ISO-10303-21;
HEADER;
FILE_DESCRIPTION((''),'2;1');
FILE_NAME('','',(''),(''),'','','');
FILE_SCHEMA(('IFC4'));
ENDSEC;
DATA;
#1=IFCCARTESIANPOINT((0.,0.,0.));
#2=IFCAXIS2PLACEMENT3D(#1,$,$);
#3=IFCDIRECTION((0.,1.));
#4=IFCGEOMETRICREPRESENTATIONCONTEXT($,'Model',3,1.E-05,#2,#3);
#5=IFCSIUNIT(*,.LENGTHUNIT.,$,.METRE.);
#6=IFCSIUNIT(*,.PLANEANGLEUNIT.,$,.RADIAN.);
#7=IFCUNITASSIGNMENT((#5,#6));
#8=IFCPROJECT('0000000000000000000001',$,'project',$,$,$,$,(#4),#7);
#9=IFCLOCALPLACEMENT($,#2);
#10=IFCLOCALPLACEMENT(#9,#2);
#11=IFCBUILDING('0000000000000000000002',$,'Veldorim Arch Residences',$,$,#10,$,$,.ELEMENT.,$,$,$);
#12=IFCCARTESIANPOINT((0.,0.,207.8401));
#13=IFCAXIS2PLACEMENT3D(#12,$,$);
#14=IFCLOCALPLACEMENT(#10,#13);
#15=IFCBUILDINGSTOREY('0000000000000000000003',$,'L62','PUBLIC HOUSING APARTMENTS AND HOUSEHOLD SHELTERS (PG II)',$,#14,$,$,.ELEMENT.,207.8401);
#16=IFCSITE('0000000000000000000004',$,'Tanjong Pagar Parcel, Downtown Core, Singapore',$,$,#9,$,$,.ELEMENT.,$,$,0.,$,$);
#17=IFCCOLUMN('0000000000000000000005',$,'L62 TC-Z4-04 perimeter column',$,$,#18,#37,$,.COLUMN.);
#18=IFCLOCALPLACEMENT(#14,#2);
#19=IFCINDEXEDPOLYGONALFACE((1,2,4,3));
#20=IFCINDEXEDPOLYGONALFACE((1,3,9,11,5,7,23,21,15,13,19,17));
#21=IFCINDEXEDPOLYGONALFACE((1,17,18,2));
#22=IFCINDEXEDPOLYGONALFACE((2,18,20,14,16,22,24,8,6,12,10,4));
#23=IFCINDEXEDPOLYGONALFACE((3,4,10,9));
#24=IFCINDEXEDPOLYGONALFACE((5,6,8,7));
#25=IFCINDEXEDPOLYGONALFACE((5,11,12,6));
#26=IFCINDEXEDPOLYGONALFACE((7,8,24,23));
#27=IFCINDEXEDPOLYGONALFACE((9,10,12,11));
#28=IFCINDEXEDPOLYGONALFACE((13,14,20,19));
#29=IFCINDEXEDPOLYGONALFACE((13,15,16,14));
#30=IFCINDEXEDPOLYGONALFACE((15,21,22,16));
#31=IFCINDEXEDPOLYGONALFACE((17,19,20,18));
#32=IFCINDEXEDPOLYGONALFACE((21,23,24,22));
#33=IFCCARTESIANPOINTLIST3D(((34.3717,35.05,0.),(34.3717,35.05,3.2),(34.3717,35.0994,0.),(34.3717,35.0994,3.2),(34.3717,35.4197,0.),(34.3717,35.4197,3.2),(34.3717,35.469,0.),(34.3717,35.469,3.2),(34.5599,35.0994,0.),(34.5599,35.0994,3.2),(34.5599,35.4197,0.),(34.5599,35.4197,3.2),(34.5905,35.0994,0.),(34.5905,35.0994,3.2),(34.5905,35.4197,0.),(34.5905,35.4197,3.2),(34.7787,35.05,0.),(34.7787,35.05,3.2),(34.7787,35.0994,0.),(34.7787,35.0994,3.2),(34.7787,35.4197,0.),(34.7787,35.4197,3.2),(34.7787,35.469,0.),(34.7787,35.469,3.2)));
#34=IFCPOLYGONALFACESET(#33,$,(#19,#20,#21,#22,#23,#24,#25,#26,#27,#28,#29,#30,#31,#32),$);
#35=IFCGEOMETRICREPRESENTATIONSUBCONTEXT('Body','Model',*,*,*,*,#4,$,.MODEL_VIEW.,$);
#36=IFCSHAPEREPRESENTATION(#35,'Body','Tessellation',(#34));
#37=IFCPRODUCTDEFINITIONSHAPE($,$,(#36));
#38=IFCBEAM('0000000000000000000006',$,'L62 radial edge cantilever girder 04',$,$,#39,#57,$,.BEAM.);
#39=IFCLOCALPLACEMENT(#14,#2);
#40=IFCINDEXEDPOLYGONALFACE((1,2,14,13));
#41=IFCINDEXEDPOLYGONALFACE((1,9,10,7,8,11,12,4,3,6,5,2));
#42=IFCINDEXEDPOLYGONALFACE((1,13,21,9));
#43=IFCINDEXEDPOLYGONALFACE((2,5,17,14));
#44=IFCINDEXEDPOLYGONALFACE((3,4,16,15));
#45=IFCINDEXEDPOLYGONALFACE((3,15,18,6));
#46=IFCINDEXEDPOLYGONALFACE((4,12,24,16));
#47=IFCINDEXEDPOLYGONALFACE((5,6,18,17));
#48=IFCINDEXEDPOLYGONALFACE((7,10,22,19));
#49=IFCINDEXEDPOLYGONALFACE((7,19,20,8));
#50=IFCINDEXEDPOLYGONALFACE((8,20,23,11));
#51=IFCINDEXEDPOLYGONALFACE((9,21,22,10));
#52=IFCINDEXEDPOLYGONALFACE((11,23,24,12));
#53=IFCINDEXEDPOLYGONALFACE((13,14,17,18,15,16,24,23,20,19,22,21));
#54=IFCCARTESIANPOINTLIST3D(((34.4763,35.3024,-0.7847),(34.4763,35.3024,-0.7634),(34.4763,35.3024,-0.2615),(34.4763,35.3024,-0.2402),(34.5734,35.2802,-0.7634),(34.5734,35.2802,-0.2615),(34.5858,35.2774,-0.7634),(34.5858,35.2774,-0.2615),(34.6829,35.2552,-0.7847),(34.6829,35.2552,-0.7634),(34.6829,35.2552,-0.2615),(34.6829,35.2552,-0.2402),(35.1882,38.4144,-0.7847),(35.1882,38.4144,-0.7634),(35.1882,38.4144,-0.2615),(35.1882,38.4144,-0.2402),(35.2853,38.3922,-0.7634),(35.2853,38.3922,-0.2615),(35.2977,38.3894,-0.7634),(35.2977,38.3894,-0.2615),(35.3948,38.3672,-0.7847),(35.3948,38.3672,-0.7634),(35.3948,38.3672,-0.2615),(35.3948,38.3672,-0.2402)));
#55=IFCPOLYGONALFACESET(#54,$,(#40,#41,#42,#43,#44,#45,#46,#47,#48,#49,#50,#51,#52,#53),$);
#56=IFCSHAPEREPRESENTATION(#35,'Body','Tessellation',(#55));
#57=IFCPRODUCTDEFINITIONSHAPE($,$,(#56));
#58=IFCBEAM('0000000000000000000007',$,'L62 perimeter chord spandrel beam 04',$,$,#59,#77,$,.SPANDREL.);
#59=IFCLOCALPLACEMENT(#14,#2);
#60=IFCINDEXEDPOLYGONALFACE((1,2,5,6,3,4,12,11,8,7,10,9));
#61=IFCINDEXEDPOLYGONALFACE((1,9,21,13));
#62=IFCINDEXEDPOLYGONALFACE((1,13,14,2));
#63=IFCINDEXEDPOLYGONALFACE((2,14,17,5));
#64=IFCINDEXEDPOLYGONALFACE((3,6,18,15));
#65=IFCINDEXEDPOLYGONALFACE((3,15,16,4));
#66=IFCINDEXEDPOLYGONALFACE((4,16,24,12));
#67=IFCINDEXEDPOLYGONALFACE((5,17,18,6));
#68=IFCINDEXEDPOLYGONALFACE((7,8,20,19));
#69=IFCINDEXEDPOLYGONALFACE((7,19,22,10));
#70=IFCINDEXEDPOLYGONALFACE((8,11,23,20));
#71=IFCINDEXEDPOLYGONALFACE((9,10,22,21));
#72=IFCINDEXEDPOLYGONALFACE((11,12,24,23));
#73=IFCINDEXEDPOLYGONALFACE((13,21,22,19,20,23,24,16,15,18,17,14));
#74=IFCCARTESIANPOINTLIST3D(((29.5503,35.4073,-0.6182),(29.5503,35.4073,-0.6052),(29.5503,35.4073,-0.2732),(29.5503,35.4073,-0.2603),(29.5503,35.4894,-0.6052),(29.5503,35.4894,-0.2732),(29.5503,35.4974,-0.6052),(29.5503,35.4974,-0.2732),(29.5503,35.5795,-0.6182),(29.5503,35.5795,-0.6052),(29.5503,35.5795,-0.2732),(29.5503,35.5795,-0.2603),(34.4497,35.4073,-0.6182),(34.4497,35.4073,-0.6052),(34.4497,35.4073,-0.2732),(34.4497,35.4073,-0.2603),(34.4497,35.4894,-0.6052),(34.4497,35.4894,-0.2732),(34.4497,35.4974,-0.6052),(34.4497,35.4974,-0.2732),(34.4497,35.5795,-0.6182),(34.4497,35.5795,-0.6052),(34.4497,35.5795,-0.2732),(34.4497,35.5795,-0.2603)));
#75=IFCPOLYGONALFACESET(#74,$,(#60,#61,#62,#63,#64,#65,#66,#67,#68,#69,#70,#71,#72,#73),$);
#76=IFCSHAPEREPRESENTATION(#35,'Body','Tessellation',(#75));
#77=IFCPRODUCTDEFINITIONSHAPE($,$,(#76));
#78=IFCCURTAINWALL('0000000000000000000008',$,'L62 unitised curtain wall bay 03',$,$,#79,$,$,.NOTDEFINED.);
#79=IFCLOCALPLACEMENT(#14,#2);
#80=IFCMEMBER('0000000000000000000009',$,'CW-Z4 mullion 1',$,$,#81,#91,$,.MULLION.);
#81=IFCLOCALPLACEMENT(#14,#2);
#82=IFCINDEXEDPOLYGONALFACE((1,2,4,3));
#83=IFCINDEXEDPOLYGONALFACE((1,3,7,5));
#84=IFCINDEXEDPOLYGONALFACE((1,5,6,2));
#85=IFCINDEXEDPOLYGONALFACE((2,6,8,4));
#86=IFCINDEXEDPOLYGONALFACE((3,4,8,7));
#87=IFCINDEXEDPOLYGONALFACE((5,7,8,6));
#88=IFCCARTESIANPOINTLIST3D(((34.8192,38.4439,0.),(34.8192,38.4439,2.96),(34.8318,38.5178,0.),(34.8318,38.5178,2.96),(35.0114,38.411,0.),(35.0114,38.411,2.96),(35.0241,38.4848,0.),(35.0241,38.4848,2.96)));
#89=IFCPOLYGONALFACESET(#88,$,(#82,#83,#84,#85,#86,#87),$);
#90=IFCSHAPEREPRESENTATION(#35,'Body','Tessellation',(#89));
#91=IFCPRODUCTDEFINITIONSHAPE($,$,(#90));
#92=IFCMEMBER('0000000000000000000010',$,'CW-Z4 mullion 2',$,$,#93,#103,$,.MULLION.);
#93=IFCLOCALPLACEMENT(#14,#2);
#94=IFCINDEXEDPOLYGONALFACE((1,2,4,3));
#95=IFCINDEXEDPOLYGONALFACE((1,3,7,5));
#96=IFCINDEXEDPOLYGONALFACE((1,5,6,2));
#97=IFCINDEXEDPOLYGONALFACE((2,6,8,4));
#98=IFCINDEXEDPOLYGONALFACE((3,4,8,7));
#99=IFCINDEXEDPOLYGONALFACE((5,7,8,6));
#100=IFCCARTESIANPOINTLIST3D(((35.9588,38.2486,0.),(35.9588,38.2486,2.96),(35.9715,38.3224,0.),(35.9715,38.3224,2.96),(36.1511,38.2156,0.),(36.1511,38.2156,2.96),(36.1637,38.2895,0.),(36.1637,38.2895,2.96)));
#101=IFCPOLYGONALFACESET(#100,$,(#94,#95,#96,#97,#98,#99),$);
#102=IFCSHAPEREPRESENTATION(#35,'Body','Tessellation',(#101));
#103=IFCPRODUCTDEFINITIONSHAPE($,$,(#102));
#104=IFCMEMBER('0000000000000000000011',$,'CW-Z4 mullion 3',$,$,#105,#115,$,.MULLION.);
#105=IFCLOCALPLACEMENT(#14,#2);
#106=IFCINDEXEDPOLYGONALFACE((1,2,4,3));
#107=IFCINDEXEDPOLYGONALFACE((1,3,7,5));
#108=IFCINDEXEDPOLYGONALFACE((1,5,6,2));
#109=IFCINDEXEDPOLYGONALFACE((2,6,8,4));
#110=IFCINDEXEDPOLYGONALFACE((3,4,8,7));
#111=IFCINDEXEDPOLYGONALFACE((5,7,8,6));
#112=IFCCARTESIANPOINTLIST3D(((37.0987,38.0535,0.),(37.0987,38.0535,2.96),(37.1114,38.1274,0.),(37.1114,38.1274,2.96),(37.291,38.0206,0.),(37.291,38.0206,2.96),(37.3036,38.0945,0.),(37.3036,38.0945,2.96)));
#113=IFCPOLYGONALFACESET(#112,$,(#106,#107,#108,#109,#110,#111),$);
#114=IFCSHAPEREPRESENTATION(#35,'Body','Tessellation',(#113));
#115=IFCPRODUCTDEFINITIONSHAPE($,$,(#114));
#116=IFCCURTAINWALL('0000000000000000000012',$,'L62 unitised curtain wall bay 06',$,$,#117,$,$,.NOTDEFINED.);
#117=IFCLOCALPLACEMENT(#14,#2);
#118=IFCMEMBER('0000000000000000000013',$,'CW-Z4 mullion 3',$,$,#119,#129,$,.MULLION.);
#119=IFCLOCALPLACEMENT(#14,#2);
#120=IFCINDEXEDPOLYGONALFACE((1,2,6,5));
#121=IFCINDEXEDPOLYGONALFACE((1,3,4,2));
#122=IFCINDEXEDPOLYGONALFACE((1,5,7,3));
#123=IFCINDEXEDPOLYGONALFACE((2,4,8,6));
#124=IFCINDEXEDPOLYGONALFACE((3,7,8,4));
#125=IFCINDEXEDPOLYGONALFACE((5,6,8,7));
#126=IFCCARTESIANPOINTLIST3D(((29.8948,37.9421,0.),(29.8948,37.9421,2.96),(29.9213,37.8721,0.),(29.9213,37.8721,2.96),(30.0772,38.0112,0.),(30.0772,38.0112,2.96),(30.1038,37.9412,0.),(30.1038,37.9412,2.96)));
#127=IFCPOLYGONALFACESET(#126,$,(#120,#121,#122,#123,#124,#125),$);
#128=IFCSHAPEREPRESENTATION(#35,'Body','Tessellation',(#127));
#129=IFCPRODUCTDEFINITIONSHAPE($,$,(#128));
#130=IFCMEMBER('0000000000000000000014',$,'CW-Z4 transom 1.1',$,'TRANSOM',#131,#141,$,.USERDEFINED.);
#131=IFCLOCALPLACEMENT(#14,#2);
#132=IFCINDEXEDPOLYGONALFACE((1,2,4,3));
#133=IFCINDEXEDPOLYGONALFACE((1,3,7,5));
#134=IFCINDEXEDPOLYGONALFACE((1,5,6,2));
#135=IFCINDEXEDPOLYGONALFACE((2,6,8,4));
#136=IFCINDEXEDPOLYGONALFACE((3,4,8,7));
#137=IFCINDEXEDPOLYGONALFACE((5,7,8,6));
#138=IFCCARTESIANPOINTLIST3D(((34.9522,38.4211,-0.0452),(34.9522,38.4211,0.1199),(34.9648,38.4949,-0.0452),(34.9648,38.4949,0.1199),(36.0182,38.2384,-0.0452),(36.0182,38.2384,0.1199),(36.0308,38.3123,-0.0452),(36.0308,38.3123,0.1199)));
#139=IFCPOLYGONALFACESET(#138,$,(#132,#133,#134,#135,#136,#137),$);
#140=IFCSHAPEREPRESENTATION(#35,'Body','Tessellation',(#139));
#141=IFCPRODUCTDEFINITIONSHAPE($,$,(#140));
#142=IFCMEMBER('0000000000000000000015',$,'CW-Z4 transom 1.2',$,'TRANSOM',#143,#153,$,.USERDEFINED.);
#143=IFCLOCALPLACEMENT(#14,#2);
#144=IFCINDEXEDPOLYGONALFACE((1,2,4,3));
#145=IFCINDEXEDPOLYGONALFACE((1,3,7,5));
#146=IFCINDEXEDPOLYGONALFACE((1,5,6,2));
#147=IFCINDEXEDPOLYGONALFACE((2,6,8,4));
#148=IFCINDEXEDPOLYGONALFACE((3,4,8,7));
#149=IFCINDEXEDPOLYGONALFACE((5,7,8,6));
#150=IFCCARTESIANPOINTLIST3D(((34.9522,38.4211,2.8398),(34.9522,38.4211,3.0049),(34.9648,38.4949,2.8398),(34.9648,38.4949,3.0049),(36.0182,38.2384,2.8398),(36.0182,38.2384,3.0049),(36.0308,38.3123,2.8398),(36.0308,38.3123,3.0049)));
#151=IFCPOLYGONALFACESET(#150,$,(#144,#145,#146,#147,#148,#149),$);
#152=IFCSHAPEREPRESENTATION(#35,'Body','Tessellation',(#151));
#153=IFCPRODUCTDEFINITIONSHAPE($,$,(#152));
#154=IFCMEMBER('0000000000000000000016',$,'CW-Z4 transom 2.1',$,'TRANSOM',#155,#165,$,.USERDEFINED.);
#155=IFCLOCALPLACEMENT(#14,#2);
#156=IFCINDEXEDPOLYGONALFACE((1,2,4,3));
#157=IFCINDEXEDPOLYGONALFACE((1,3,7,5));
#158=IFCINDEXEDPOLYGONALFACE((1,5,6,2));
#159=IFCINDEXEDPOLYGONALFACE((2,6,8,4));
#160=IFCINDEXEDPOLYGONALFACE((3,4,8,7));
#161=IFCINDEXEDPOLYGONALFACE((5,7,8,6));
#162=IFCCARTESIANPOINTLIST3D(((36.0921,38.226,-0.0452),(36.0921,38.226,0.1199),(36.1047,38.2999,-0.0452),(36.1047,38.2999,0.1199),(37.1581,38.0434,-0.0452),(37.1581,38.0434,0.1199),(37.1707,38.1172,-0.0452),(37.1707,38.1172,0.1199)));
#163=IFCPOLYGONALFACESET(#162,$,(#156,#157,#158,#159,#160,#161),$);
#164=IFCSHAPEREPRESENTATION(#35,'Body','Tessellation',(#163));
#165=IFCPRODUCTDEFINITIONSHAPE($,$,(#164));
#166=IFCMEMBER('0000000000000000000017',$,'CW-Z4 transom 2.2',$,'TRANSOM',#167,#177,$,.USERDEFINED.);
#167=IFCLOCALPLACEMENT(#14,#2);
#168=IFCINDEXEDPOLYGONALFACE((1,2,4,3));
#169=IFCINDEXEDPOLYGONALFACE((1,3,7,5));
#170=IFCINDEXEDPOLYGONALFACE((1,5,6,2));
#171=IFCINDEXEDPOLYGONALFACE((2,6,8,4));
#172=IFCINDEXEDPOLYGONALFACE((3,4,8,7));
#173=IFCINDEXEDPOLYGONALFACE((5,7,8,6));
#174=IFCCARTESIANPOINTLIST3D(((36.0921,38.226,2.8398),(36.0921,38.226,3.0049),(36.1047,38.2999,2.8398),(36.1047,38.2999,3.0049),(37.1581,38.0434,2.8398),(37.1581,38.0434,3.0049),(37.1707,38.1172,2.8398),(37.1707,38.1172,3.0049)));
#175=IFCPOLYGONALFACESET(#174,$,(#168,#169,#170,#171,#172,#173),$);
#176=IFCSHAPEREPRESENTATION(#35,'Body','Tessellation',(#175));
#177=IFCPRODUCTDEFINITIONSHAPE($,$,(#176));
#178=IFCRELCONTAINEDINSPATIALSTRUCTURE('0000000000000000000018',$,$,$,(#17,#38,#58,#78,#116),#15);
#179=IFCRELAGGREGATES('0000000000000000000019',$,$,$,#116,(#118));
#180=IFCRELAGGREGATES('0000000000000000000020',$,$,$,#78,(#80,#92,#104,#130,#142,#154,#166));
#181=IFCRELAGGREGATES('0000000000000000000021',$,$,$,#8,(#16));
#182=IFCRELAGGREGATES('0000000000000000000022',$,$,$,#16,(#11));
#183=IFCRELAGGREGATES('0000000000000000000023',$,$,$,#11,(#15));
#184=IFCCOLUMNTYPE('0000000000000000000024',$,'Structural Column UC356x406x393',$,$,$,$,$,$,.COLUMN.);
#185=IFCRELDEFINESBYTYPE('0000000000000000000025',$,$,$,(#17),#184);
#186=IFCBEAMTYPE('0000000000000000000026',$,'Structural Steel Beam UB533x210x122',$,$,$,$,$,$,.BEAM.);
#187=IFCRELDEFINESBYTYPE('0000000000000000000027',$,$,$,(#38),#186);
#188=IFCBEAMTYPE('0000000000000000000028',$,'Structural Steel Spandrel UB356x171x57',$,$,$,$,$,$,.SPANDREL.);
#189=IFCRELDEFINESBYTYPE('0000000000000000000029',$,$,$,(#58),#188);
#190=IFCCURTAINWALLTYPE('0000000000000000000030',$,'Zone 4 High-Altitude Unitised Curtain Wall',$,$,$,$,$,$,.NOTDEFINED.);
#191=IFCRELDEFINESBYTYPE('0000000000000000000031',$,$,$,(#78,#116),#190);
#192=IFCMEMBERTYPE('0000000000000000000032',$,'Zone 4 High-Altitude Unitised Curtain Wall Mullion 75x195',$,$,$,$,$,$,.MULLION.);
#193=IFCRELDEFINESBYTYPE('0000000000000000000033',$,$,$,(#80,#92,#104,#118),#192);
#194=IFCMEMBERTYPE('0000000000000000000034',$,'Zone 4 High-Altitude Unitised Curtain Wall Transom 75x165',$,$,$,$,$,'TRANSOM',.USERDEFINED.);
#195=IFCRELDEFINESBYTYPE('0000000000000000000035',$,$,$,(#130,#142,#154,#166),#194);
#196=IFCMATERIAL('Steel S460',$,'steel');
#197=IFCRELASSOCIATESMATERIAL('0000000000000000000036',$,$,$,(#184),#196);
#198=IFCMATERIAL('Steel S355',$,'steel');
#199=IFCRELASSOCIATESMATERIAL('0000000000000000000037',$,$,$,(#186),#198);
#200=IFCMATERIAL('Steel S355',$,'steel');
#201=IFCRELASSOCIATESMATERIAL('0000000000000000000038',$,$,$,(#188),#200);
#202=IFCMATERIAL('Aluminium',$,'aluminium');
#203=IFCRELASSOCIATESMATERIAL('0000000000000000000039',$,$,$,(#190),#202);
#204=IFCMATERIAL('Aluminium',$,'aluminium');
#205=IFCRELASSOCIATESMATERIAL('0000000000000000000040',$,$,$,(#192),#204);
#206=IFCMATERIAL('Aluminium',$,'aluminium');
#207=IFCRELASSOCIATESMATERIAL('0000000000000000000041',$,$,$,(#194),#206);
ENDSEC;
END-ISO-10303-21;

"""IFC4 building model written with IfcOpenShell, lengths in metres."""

from ifc_helpers import new_model, si_unit, direction, frame, origin, origin_2d, place, context, subcontext, project, spatial, rectangle, i_section, extrude, material, material_profile, profile_set, type_object, element, aggregate, save


model = new_model("IFC4")

# Units and contexts
model_context = context("Model", 3, precision=1e-05, world=origin(), true_north=direction((0.0, 1.0)))
body_context = subcontext(model_context, "Body", "Model", "MODEL_VIEW")
ifc_project = project(units=[si_unit("LENGTHUNIT", "METRE"), si_unit("PLANEANGLEUNIT", "RADIAN")], contexts=[model_context])

# Site, building, storey
site_placement = place(None, origin())
site = spatial("IfcSite", under=ifc_project, at=site_placement, Name="Tanjong Pagar Parcel, Downtown Core, Singapore", CompositionType="ELEMENT", RefElevation=0.0)
building_placement = place(site_placement, origin())
building = spatial("IfcBuilding", under=site, at=building_placement, Name="Veldorim Arch Residences", CompositionType="ELEMENT")
storey_placement = place(building_placement, frame((0.0, 0.0, 207.8401)))
storey = spatial("IfcBuildingStorey", under=building, at=storey_placement, Name="L62", Description="PUBLIC HOUSING APARTMENTS AND HOUSEHOLD SHELTERS (PG II)", CompositionType="ELEMENT", Elevation=207.8401)

# Column
ifc_material_1 = material(Name="Steel S460", Category="steel")
ifc_material_profile_1 = material_profile(ifc_material_1, i_section(OverallWidth=0.407, OverallDepth=0.4189, WebThickness=0.0305, FlangeThickness=0.0493, at=origin_2d()), Name="UC356x406x393")
ifc_profile_set_1 = profile_set([ifc_material_profile_1], Name="Steel S460")
column_type = type_object("IfcColumnType", Name="Structural Column UC356x406x393", PredefinedType="COLUMN", material=ifc_profile_set_1)
column_placement = place(storey_placement, frame((34.5752, 35.2595, 0.0), z_axis=(0.0, 0.0, 1.0), x_axis=(1.0, 0.0, 0.0)))
element("IfcColumn", 1, at=column_placement, inside=storey, type_object=column_type, Name="L62 TC-Z4-04 perimeter column", PredefinedType="COLUMN", context=body_context, shape_type="SweptSolid", body=[
    extrude(i_section(OverallWidth=0.407, OverallDepth=0.4189, WebThickness=0.0305, FlangeThickness=0.0493, at=origin_2d()), origin(), (0.0, 0.0, 1.0), 3.2),
])

# Beams
ifc_material_2 = material(Name="Steel S355", Category="steel")
ifc_material_profile_2 = material_profile(ifc_material_2, i_section(OverallWidth=0.2119, OverallDepth=0.5444, WebThickness=0.0127, FlangeThickness=0.0212, at=origin_2d()), Name="UB533x210x122")
ifc_profile_set_2 = profile_set([ifc_material_profile_2], Name="Steel S355")
beam_type_1 = type_object("IfcBeamType", Name="Structural Steel Beam UB533x210x122", PredefinedType="BEAM", material=ifc_profile_set_2)
beam_1_placement = place(storey_placement, frame((34.5796, 35.2788, -0.5125), z_axis=(0.222999, 0.974819, 0.0), x_axis=(-0.974819, 0.222999, 0.0)))
element("IfcBeam", 2, at=beam_1_placement, inside=storey, type_object=beam_type_1, Name="L62 radial edge cantilever girder 04", PredefinedType="BEAM", context=body_context, shape_type="SweptSolid", body=[
    extrude(i_section(OverallWidth=0.2119, OverallDepth=0.5444, WebThickness=0.0127, FlangeThickness=0.0212, at=origin_2d()), origin(), (0.0, 0.0, 1.0), 3.1924),
])
ifc_material_3 = material(Name="Steel S355", Category="steel")
ifc_material_profile_3 = material_profile(ifc_material_3, i_section(OverallWidth=0.1721, OverallDepth=0.3579, WebThickness=0.0081, FlangeThickness=0.0129, at=origin_2d()), Name="UB356x171x57")
ifc_profile_set_3 = profile_set([ifc_material_profile_3], Name="Steel S355")
beam_type_2 = type_object("IfcBeamType", Name="Structural Steel Spandrel UB356x171x57", PredefinedType="SPANDREL", material=ifc_profile_set_3)
beam_2_placement = place(storey_placement, frame((34.4497, 35.4934, -0.4392), z_axis=(-1.0, 0.0, 0.0), x_axis=(0.0, -1.0, 0.0)))
element("IfcBeam", 3, at=beam_2_placement, inside=storey, type_object=beam_type_2, Name="L62 perimeter chord spandrel beam 04", PredefinedType="SPANDREL", context=body_context, shape_type="SweptSolid", body=[
    extrude(i_section(OverallWidth=0.1721, OverallDepth=0.3579, WebThickness=0.0081, FlangeThickness=0.0129, at=origin_2d()), origin(), (0.0, 0.0, 1.0), 4.8994),
])

# Curtain wall, members
ifc_material_4 = material(Name="Aluminium", Category="aluminium")
curtain_wall_type = type_object("IfcCurtainWallType", Name="Zone 4 High-Altitude Unitised Curtain Wall", PredefinedType="NOTDEFINED", material=ifc_material_4)
curtain_wall_1_placement = place(storey_placement, origin())
curtain_wall_1 = element("IfcCurtainWall", 4, at=curtain_wall_1_placement, inside=storey, type_object=curtain_wall_type, Name="L62 unitised curtain wall bay 03", PredefinedType="NOTDEFINED")
ifc_material_5 = material(Name="Aluminium", Category="aluminium")
ifc_material_profile_4 = material_profile(ifc_material_5, rectangle(XDim=0.075, YDim=0.1951, at=origin_2d()), Name="ALU_MUL_75x195")
ifc_profile_set_4 = profile_set([ifc_material_profile_4], Name="Aluminium")
member_type_1 = type_object("IfcMemberType", Name="Zone 4 High-Altitude Unitised Curtain Wall Mullion 75x195", PredefinedType="MULLION", material=ifc_profile_set_4)
member_1_placement = place(storey_placement, frame((34.9216, 38.4644, 0.0), z_axis=(0.0, 0.0, 1.0), x_axis=(0.16873, 0.985662, 0.0)))
member_1 = element("IfcMember", 5, at=member_1_placement, type_object=member_type_1, Name="CW-Z4 mullion 1", PredefinedType="MULLION", context=body_context, shape_type="SweptSolid", body=[
    extrude(rectangle(XDim=0.075, YDim=0.1951, at=origin_2d()), origin(), (0.0, 0.0, 1.0), 2.96),
])
member_2_placement = place(storey_placement, frame((36.0613, 38.269, 0.0), z_axis=(0.0, 0.0, 1.0), x_axis=(0.16873, 0.985662, 0.0)))
member_2 = element("IfcMember", 6, at=member_2_placement, type_object=member_type_1, Name="CW-Z4 mullion 2", PredefinedType="MULLION", context=body_context, shape_type="SweptSolid", body=[
    extrude(rectangle(XDim=0.075, YDim=0.1951, at=origin_2d()), origin(), (0.0, 0.0, 1.0), 2.96),
])
member_3_placement = place(storey_placement, frame((37.2012, 38.074, 0.0), z_axis=(0.0, 0.0, 1.0), x_axis=(0.16873, 0.985662, 0.0)))
member_3 = element("IfcMember", 7, at=member_3_placement, type_object=member_type_1, Name="CW-Z4 mullion 3", PredefinedType="MULLION", context=body_context, shape_type="SweptSolid", body=[
    extrude(rectangle(XDim=0.075, YDim=0.1951, at=origin_2d()), origin(), (0.0, 0.0, 1.0), 2.96),
])

# Curtain wall, member
curtain_wall_2_placement = place(storey_placement, origin())
curtain_wall_2 = element("IfcCurtainWall", 8, at=curtain_wall_2_placement, inside=storey, type_object=curtain_wall_type, Name="L62 unitised curtain wall bay 06", PredefinedType="NOTDEFINED")
member_4_placement = place(storey_placement, frame((29.9993, 37.9417, 0.0), z_axis=(0.0, 0.0, 1.0), x_axis=(-0.354241, 0.935154, 0.0)))
member_4 = element("IfcMember", 9, at=member_4_placement, type_object=member_type_1, Name="CW-Z4 mullion 3", PredefinedType="MULLION", context=body_context, shape_type="SweptSolid", body=[
    extrude(rectangle(XDim=0.075, YDim=0.1951, at=origin_2d()), origin(), (0.0, 0.0, 1.0), 2.96),
])
aggregate(curtain_wall_2, [member_4])

# Members
ifc_material_6 = material(Name="Aluminium", Category="aluminium")
ifc_material_profile_5 = material_profile(ifc_material_6, rectangle(XDim=0.075, YDim=0.165, at=origin_2d()), Name="ALU_TRN_75x165")
ifc_profile_set_5 = profile_set([ifc_material_profile_5], Name="Aluminium")
member_type_2 = type_object("IfcMemberType", Name="Zone 4 High-Altitude Unitised Curtain Wall Transom 75x165", ElementType="TRANSOM", PredefinedType="USERDEFINED", material=ifc_profile_set_5)
member_5_placement = place(storey_placement, frame((34.9585, 38.458, 0.0374), z_axis=(0.985639, -0.168864, 0.0), x_axis=(0.168864, 0.985639, 0.0)))
member_5 = element("IfcMember", 10, at=member_5_placement, type_object=member_type_2, Name="CW-Z4 transom 1.1", ObjectType="TRANSOM", PredefinedType="USERDEFINED", context=body_context, shape_type="SweptSolid", body=[
    extrude(rectangle(XDim=0.075, YDim=0.165, at=origin_2d()), origin(), (0.0, 0.0, 1.0), 1.0815),
])
member_6_placement = place(storey_placement, frame((34.9585, 38.458, 2.9224), z_axis=(0.985639, -0.168864, 0.0), x_axis=(0.168864, 0.985639, 0.0)))
member_6 = element("IfcMember", 11, at=member_6_placement, type_object=member_type_2, Name="CW-Z4 transom 1.2", ObjectType="TRANSOM", PredefinedType="USERDEFINED", context=body_context, shape_type="SweptSolid", body=[
    extrude(rectangle(XDim=0.075, YDim=0.165, at=origin_2d()), origin(), (0.0, 0.0, 1.0), 1.0815),
])
member_7_placement = place(storey_placement, frame((36.0984, 38.2629, 0.0374), z_axis=(0.985639, -0.168864, 0.0), x_axis=(0.168864, 0.985639, 0.0)))
member_7 = element("IfcMember", 12, at=member_7_placement, type_object=member_type_2, Name="CW-Z4 transom 2.1", ObjectType="TRANSOM", PredefinedType="USERDEFINED", context=body_context, shape_type="SweptSolid", body=[
    extrude(rectangle(XDim=0.075, YDim=0.165, at=origin_2d()), origin(), (0.0, 0.0, 1.0), 1.0815),
])
member_8_placement = place(storey_placement, frame((36.0984, 38.2629, 2.9224), z_axis=(0.985639, -0.168864, 0.0), x_axis=(0.168864, 0.985639, 0.0)))
member_8 = element("IfcMember", 13, at=member_8_placement, type_object=member_type_2, Name="CW-Z4 transom 2.2", ObjectType="TRANSOM", PredefinedType="USERDEFINED", context=body_context, shape_type="SweptSolid", body=[
    extrude(rectangle(XDim=0.075, YDim=0.165, at=origin_2d()), origin(), (0.0, 0.0, 1.0), 1.0815),
])

aggregate(curtain_wall_1, [member_1, member_2, member_3, member_5, member_6, member_7, member_8])

save(model, "model.ifc")
